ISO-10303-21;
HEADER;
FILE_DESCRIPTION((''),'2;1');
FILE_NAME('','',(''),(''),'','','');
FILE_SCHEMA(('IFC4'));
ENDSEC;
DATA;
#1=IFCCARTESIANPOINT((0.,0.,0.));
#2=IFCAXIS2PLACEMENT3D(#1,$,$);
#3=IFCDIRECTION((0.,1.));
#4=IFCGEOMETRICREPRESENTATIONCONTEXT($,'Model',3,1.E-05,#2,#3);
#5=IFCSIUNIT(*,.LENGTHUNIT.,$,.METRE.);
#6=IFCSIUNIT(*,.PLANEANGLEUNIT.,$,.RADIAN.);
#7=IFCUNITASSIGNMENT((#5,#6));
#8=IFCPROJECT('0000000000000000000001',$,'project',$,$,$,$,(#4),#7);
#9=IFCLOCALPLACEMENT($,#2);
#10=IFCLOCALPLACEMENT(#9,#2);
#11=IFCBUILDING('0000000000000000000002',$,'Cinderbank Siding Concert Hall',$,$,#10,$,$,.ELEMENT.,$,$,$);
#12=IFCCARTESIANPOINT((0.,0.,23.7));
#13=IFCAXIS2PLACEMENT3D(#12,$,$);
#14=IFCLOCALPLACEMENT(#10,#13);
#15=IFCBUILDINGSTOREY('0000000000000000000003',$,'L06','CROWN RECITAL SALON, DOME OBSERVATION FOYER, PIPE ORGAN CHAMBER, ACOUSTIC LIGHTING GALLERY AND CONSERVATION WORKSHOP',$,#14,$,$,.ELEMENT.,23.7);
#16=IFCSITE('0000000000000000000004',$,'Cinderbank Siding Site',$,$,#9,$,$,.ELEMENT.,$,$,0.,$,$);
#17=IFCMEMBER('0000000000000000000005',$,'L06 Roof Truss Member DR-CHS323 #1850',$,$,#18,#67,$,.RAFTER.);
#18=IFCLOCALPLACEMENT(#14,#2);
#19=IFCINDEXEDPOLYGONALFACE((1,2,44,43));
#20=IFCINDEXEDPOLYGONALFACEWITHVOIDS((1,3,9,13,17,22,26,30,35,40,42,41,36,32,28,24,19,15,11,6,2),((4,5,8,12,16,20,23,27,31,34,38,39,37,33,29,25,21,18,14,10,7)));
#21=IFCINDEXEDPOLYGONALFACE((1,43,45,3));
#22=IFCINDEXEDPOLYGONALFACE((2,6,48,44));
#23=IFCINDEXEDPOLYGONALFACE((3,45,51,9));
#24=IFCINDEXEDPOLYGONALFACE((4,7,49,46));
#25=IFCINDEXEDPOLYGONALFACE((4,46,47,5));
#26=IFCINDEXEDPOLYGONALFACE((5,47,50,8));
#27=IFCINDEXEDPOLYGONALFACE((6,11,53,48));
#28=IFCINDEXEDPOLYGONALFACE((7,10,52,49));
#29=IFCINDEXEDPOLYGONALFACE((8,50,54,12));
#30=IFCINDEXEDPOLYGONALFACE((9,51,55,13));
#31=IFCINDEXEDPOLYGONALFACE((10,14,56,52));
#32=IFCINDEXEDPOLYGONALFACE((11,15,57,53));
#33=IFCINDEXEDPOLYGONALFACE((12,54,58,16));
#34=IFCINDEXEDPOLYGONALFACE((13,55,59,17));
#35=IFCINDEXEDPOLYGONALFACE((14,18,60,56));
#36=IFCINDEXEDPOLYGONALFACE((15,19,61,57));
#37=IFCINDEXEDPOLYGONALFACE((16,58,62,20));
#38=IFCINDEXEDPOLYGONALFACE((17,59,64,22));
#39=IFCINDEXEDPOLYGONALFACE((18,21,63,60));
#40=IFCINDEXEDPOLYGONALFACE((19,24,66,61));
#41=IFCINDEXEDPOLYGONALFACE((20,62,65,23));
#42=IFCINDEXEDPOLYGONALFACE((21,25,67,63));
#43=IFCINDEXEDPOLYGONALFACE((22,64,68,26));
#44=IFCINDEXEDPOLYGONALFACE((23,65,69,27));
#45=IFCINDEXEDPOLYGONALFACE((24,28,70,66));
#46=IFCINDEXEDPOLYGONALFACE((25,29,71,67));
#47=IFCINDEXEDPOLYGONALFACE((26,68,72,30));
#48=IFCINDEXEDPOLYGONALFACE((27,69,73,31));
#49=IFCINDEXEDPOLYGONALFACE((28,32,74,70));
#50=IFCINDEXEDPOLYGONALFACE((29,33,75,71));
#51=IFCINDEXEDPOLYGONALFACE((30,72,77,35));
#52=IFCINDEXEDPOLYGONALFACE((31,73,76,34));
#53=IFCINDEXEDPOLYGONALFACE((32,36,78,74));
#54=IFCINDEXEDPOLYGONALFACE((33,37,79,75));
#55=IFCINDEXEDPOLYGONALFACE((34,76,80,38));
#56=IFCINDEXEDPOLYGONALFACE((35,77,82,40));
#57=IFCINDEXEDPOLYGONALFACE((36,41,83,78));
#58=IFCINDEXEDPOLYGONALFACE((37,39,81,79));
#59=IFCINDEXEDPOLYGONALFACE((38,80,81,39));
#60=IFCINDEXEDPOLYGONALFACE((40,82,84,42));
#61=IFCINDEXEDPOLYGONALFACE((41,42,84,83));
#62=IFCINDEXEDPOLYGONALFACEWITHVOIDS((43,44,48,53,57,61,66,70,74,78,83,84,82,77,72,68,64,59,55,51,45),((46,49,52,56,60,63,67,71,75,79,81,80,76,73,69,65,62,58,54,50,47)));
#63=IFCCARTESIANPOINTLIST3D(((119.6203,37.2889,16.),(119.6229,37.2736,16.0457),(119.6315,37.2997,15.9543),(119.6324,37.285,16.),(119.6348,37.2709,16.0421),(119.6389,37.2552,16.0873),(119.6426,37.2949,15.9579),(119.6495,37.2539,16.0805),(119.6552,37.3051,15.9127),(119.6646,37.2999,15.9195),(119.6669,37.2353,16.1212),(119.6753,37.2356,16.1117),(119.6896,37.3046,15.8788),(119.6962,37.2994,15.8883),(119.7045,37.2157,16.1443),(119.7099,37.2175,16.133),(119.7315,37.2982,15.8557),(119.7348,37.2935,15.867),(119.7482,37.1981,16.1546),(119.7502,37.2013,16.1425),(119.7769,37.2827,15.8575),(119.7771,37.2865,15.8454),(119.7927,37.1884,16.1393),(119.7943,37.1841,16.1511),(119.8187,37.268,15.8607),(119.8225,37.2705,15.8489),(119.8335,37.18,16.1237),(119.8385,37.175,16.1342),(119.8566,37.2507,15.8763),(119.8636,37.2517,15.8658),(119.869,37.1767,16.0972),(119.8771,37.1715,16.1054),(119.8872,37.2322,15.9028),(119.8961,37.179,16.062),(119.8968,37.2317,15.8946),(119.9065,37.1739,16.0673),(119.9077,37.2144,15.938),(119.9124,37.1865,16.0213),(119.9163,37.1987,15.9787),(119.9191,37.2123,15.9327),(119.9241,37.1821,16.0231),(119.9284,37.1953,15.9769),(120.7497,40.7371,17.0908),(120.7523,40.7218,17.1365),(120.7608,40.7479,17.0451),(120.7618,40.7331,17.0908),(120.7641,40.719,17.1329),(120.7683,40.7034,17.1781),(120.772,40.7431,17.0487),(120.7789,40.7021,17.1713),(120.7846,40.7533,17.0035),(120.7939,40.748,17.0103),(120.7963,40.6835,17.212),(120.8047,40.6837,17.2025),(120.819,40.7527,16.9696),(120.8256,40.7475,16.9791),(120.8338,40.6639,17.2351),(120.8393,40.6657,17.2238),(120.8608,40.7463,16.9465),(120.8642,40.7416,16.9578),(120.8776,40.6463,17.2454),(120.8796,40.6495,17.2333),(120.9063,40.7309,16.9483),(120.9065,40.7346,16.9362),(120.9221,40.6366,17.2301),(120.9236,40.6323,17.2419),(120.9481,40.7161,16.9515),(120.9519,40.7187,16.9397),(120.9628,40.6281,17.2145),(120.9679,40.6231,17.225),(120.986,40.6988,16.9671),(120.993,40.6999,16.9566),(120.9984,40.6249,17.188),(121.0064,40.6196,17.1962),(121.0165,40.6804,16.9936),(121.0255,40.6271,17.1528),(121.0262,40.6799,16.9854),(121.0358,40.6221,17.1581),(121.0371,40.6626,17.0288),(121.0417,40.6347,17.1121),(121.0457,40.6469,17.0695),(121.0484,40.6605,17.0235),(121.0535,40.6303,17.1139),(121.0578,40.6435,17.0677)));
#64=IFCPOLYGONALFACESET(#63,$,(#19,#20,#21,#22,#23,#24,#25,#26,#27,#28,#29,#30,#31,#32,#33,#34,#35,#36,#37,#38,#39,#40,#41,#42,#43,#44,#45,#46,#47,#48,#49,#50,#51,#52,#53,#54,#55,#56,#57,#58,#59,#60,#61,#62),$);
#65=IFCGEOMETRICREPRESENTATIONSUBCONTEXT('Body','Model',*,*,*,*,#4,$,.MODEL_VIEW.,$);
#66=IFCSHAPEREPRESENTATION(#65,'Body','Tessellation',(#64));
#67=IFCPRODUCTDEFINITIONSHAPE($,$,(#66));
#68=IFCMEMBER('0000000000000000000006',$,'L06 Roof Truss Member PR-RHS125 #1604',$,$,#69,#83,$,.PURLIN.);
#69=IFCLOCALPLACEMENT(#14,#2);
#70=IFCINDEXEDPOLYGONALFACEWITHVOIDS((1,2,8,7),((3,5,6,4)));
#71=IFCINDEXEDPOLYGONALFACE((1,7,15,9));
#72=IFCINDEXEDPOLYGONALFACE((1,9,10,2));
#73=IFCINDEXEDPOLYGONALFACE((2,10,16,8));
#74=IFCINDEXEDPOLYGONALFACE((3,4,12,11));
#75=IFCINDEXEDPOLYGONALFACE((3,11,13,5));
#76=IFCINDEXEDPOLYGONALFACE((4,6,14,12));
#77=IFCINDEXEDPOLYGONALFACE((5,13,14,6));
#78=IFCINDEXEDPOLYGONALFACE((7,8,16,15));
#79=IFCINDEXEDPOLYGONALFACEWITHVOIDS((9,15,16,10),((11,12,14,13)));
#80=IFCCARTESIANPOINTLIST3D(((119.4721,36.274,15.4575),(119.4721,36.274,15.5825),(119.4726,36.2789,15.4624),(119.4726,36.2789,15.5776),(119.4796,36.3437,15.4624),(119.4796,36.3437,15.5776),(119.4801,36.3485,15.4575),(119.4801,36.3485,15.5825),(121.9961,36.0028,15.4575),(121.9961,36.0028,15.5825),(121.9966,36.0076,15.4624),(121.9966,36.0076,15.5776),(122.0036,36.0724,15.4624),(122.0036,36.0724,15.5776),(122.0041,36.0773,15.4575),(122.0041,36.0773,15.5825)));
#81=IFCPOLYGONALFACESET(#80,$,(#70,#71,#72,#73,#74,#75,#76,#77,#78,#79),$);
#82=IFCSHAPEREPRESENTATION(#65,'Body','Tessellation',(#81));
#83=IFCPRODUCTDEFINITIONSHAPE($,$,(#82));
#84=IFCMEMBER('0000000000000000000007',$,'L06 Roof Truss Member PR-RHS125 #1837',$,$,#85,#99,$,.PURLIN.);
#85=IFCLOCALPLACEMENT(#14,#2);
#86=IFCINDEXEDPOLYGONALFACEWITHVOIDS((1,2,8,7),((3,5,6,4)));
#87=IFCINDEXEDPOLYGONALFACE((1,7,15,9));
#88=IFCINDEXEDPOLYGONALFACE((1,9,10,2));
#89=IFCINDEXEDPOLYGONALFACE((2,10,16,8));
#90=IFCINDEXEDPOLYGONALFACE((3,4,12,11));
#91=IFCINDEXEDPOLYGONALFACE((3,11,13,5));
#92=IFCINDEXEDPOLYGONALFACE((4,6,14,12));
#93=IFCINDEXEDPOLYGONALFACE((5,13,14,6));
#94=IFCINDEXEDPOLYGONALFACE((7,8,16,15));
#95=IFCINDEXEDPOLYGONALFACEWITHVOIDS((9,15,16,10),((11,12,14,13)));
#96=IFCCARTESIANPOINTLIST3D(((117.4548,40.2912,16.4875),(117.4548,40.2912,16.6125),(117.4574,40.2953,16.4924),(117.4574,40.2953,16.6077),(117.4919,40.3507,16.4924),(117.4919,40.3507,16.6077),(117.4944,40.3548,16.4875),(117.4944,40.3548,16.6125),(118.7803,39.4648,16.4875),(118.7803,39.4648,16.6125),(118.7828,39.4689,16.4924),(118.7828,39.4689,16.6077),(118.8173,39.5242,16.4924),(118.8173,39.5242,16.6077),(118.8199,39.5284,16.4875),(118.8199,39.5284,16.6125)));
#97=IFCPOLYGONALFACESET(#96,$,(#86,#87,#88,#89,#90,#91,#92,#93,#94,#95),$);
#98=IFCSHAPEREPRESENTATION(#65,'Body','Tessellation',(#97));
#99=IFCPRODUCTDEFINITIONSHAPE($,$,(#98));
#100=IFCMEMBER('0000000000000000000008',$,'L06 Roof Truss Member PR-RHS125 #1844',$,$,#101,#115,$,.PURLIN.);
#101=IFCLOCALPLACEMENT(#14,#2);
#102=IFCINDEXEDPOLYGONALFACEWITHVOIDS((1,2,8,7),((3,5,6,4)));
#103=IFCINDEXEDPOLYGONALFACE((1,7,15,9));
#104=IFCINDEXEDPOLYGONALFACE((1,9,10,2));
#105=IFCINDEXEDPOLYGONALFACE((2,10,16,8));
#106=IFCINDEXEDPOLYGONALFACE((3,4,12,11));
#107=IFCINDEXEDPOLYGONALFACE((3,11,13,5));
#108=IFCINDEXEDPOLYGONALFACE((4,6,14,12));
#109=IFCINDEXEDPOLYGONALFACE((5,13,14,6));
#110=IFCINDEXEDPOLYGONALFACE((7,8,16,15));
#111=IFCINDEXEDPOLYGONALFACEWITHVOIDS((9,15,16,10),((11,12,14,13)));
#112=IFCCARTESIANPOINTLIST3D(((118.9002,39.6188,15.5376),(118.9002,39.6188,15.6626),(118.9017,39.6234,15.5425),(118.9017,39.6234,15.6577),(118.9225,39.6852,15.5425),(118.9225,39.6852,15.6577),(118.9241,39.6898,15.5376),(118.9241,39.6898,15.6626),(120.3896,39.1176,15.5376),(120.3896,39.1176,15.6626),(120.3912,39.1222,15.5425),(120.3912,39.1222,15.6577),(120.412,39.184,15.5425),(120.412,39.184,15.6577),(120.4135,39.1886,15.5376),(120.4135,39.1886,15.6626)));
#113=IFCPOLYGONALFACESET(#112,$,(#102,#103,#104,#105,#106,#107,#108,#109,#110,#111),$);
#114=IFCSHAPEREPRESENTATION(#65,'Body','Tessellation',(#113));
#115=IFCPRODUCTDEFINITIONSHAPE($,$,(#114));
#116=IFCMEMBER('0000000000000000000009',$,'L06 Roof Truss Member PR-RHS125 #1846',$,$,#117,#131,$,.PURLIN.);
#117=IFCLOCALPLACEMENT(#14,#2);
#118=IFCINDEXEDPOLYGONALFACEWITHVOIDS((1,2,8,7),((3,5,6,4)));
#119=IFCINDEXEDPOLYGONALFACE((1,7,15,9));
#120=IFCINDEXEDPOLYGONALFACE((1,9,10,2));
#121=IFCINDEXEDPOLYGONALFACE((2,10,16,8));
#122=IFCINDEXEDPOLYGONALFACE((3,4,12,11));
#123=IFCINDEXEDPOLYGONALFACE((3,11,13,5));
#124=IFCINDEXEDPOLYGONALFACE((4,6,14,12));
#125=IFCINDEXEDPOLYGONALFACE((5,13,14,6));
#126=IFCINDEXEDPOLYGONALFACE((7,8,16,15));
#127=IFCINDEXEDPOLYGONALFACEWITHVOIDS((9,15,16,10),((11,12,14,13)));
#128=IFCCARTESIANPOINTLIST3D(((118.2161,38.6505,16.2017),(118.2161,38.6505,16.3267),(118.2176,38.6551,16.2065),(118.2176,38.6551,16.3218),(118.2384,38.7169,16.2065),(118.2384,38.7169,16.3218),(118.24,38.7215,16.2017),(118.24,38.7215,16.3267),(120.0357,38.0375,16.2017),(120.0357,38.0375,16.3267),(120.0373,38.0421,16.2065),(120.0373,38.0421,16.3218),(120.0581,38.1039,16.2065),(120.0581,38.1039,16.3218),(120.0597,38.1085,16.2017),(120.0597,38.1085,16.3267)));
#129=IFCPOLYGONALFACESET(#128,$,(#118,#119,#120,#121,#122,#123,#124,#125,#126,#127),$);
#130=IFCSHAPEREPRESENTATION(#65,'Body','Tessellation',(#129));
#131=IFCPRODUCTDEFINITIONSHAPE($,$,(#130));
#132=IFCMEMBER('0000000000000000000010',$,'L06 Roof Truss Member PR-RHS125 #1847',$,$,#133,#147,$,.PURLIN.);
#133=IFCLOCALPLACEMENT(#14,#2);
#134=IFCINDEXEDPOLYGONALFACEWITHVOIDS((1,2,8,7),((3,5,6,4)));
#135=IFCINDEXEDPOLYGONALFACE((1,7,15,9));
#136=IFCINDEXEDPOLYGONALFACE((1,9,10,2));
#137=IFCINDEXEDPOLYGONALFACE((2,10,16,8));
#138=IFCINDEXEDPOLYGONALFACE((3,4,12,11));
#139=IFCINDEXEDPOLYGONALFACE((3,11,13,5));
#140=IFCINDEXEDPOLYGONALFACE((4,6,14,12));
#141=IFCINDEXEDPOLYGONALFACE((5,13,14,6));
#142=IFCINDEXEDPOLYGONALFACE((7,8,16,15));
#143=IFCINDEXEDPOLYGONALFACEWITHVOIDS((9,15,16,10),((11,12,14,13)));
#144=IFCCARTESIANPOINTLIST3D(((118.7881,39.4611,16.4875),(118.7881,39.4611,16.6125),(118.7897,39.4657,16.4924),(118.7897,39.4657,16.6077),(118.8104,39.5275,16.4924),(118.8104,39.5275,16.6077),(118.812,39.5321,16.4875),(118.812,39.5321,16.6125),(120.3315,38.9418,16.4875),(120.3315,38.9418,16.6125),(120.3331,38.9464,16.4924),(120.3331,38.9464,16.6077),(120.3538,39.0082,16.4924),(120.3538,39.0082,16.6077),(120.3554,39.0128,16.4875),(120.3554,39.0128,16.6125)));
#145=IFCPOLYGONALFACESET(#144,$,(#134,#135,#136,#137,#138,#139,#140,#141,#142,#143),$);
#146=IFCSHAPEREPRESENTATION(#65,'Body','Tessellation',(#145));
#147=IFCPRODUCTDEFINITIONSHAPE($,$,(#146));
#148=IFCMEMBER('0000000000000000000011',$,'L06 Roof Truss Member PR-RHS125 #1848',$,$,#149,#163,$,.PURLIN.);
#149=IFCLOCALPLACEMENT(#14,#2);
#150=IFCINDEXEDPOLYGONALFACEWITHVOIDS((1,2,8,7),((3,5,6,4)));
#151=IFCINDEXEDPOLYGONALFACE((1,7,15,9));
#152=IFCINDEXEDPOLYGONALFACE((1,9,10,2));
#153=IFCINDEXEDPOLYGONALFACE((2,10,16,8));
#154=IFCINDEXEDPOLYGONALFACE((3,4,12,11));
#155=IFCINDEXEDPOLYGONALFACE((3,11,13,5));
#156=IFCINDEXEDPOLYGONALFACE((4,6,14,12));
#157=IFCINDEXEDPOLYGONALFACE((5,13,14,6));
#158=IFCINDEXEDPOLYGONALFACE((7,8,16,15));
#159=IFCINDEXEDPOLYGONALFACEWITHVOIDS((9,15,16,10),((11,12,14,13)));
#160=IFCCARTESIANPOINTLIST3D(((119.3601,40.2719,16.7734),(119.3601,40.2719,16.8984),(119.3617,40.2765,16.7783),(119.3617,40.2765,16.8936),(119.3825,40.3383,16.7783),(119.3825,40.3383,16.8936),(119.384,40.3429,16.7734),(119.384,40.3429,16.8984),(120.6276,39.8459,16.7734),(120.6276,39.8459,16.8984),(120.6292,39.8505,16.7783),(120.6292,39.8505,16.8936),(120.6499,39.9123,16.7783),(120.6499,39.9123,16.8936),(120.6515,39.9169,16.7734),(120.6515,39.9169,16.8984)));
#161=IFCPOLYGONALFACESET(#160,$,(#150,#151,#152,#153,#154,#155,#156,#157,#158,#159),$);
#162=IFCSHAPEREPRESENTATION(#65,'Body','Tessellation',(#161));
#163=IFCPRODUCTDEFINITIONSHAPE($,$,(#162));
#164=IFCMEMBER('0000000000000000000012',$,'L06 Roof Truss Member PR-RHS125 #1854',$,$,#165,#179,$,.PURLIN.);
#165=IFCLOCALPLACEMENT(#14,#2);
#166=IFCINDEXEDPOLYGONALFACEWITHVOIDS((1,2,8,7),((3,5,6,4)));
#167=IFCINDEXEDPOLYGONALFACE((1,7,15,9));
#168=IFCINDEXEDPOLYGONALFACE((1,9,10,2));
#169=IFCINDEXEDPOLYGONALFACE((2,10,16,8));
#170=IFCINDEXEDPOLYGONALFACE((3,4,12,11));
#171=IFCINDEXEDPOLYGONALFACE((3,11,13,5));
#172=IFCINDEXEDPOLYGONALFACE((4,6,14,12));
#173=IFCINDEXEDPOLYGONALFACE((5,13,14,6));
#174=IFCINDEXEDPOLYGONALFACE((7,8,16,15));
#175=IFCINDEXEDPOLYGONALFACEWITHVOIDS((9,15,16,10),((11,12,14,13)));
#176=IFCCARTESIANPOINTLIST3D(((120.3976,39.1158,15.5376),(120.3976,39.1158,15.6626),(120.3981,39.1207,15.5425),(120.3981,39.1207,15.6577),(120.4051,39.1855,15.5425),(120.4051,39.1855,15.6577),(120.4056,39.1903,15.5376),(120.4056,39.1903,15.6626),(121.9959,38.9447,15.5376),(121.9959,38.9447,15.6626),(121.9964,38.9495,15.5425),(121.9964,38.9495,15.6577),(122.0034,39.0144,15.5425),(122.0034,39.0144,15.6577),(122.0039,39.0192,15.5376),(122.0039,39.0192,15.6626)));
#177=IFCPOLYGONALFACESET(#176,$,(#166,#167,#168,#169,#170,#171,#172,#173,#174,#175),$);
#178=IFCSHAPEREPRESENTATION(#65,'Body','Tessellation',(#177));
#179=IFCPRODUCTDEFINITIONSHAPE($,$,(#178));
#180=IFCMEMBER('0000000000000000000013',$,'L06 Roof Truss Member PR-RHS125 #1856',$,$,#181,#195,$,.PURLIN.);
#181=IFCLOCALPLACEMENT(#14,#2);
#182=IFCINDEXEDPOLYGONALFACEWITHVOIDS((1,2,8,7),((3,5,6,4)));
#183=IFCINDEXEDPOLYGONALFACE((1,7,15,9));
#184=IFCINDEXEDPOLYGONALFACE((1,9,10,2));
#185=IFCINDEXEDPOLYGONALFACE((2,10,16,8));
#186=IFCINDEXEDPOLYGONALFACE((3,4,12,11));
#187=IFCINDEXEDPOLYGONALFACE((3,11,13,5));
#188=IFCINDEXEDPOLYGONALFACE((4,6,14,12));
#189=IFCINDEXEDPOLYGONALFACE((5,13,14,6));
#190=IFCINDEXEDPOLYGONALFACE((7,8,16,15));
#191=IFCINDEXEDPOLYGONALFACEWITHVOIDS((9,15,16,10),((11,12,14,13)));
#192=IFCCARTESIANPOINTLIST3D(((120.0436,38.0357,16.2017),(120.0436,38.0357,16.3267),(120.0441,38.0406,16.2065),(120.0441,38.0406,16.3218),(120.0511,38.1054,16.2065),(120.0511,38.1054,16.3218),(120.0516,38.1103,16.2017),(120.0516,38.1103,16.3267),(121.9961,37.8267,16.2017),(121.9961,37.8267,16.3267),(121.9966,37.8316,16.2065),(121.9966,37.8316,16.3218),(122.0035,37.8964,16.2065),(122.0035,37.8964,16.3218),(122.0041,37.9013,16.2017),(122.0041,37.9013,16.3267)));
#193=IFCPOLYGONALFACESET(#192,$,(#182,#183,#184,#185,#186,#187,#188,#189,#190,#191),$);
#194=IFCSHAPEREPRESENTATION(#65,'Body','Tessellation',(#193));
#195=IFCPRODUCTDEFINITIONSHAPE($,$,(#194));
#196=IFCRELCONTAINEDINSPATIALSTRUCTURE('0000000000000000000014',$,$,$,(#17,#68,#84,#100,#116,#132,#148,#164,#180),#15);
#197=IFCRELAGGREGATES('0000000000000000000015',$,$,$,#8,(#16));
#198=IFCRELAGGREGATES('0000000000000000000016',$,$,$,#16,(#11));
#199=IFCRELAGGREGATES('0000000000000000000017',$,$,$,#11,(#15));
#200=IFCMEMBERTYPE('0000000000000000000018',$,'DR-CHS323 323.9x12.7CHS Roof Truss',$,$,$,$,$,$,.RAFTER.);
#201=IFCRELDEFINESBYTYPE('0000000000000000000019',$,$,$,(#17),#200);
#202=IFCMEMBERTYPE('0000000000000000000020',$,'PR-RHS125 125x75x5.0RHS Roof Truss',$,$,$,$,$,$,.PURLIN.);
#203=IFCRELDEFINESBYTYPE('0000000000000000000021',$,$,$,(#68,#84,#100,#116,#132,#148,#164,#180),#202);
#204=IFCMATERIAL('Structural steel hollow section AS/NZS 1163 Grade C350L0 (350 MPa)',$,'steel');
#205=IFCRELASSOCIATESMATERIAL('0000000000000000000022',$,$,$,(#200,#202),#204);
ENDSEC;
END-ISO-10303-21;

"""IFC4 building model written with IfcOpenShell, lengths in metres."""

from ifc_helpers import new_model, si_unit, direction, frame, origin, origin_2d, place, context, subcontext, project, spatial, hollow_rectangle, hollow_circle, extrude, material, material_profile, profile_set, type_object, element, save


model = new_model("IFC4")

# Units and contexts
model_context = context("Model", 3, precision=1e-05, world=origin(), true_north=direction((0.0, 1.0)))
body_context = subcontext(model_context, "Body", "Model", "MODEL_VIEW")
ifc_project = project(units=[si_unit("LENGTHUNIT", "METRE"), si_unit("PLANEANGLEUNIT", "RADIAN")], contexts=[model_context])

# Site, building, storey
site_placement = place(None, origin())
site = spatial("IfcSite", under=ifc_project, at=site_placement, Name="Cinderbank Siding Site", CompositionType="ELEMENT", RefElevation=0.0)
building_placement = place(site_placement, origin())
building = spatial("IfcBuilding", under=site, at=building_placement, Name="Cinderbank Siding Concert Hall", CompositionType="ELEMENT")
storey_placement = place(building_placement, frame((0.0, 0.0, 23.7)))
storey = spatial("IfcBuildingStorey", under=building, at=storey_placement, Name="L06", Description="CROWN RECITAL SALON, DOME OBSERVATION FOYER, PIPE ORGAN CHAMBER, ACOUSTIC LIGHTING GALLERY AND CONSERVATION WORKSHOP", CompositionType="ELEMENT", Elevation=23.7)

# Members
ifc_material_1 = material(Name="Structural steel hollow section AS/NZS 1163 Grade C350L0 (350 MPa)", Category="steel")
ifc_material_profile_1 = material_profile(ifc_material_1, hollow_circle(Radius=0.1619, WallThickness=0.0127, at=origin_2d()), Name="323.9x12.7CHS", Category="LoadBearing")
ifc_profile_set_1 = profile_set([ifc_material_profile_1], Name="Structural steel hollow section AS/NZS 1163 Grade C350L0 (350 MPa)")
member_type_1 = type_object("IfcMemberType", Name="DR-CHS323 323.9x12.7CHS Roof Truss", PredefinedType="RAFTER", material=ifc_profile_set_1)
member_1_placement = place(storey_placement, frame((119.7742, 37.2385, 16.0), z_axis=(0.298079, 0.91009, 0.287899), x_axis=(-0.950325, 0.311258, 0.0)))
element("IfcMember", 1, at=member_1_placement, inside=storey, type_object=member_type_1, Name="L06 Roof Truss Member DR-CHS323 #1850", PredefinedType="RAFTER", context=body_context, shape_type="SweptSolid", body=[
    extrude(hollow_circle(Radius=0.1619, WallThickness=0.0127, at=origin_2d()), origin(), (0.0, 0.0, 1.0), 3.7888),
])
ifc_material_profile_2 = material_profile(ifc_material_1, hollow_rectangle(XDim=0.075, YDim=0.125, WallThickness=0.0049, at=origin_2d()), Name="125x75x5.0RHS", Category="LoadBearing")
ifc_profile_set_2 = profile_set([ifc_material_profile_2], Name="Structural steel hollow section AS/NZS 1163 Grade C350L0 (350 MPa)")
member_type_2 = type_object("IfcMemberType", Name="PR-RHS125 125x75x5.0RHS Roof Truss", PredefinedType="PURLIN", material=ifc_profile_set_2)
member_2_placement = place(storey_placement, frame((119.4761, 36.3113, 15.52), z_axis=(0.994275, -0.106852, 0.0), x_axis=(0.106852, 0.994275, 0.0)))
element("IfcMember", 2, at=member_2_placement, inside=storey, type_object=member_type_2, Name="L06 Roof Truss Member PR-RHS125 #1604", PredefinedType="PURLIN", context=body_context, shape_type="SweptSolid", body=[
    extrude(hollow_rectangle(XDim=0.075, YDim=0.125, WallThickness=0.0049, at=origin_2d()), origin(), (0.0, 0.0, 1.0), 2.5386),
])
member_3_placement = place(storey_placement, frame((117.4746, 40.323, 16.55), z_axis=(0.848569, -0.529085, 0.0), x_axis=(0.529085, 0.848569, 0.0)))
element("IfcMember", 3, at=member_3_placement, inside=storey, type_object=member_type_2, Name="L06 Roof Truss Member PR-RHS125 #1837", PredefinedType="PURLIN", context=body_context, shape_type="SweptSolid", body=[
    extrude(hollow_rectangle(XDim=0.075, YDim=0.125, WallThickness=0.0049, at=origin_2d()), origin(), (0.0, 0.0, 1.0), 1.562),
])
member_4_placement = place(storey_placement, frame((118.9121, 39.6543, 15.6001), z_axis=(0.947778, -0.31893, 0.0), x_axis=(0.31893, 0.947778, 0.0)))
element("IfcMember", 4, at=member_4_placement, inside=storey, type_object=member_type_2, Name="L06 Roof Truss Member PR-RHS125 #1844", PredefinedType="PURLIN", context=body_context, shape_type="SweptSolid", body=[
    extrude(hollow_rectangle(XDim=0.075, YDim=0.125, WallThickness=0.0049, at=origin_2d()), origin(), (0.0, 0.0, 1.0), 1.5715),
])
member_5_placement = place(storey_placement, frame((118.228, 38.686, 16.2642), z_axis=(0.947661, -0.319278, 0.0), x_axis=(0.319278, 0.947661, 0.0)))
element("IfcMember", 5, at=member_5_placement, inside=storey, type_object=member_type_2, Name="L06 Roof Truss Member PR-RHS125 #1846", PredefinedType="PURLIN", context=body_context, shape_type="SweptSolid", body=[
    extrude(hollow_rectangle(XDim=0.075, YDim=0.125, WallThickness=0.0049, at=origin_2d()), origin(), (0.0, 0.0, 1.0), 1.9202),
])
member_6_placement = place(storey_placement, frame((118.8, 39.4966, 16.55), z_axis=(0.947795, -0.31888, 0.0), x_axis=(0.31888, 0.947795, 0.0)))
element("IfcMember", 6, at=member_6_placement, inside=storey, type_object=member_type_2, Name="L06 Roof Truss Member PR-RHS125 #1847", PredefinedType="PURLIN", context=body_context, shape_type="SweptSolid", body=[
    extrude(hollow_rectangle(XDim=0.075, YDim=0.125, WallThickness=0.0049, at=origin_2d()), origin(), (0.0, 0.0, 1.0), 1.6284),
])
member_7_placement = place(storey_placement, frame((119.3721, 40.3074, 16.8359), z_axis=(0.947895, -0.318582, 0.0), x_axis=(0.318582, 0.947895, 0.0)))
element("IfcMember", 7, at=member_7_placement, inside=storey, type_object=member_type_2, Name="L06 Roof Truss Member PR-RHS125 #1848", PredefinedType="PURLIN", context=body_context, shape_type="SweptSolid", body=[
    extrude(hollow_rectangle(XDim=0.075, YDim=0.125, WallThickness=0.0049, at=origin_2d()), origin(), (0.0, 0.0, 1.0), 1.3372),
])
member_8_placement = place(storey_placement, frame((120.4016, 39.1531, 15.6001), z_axis=(0.994317, -0.106463, 0.0), x_axis=(0.106463, 0.994317, 0.0)))
element("IfcMember", 8, at=member_8_placement, inside=storey, type_object=member_type_2, Name="L06 Roof Truss Member PR-RHS125 #1854", PredefinedType="PURLIN", context=body_context, shape_type="SweptSolid", body=[
    extrude(hollow_rectangle(XDim=0.075, YDim=0.125, WallThickness=0.0049, at=origin_2d()), origin(), (0.0, 0.0, 1.0), 1.6074),
])
member_9_placement = place(storey_placement, frame((120.0476, 38.073, 16.2642), z_axis=(0.99432, -0.106432, 0.0), x_axis=(0.106432, 0.99432, 0.0)))
element("IfcMember", 9, at=member_9_placement, inside=storey, type_object=member_type_2, Name="L06 Roof Truss Member PR-RHS125 #1856", PredefinedType="PURLIN", context=body_context, shape_type="SweptSolid", body=[
    extrude(hollow_rectangle(XDim=0.075, YDim=0.125, WallThickness=0.0049, at=origin_2d()), origin(), (0.0, 0.0, 1.0), 1.9636),
])

save(model, "model.ifc")
